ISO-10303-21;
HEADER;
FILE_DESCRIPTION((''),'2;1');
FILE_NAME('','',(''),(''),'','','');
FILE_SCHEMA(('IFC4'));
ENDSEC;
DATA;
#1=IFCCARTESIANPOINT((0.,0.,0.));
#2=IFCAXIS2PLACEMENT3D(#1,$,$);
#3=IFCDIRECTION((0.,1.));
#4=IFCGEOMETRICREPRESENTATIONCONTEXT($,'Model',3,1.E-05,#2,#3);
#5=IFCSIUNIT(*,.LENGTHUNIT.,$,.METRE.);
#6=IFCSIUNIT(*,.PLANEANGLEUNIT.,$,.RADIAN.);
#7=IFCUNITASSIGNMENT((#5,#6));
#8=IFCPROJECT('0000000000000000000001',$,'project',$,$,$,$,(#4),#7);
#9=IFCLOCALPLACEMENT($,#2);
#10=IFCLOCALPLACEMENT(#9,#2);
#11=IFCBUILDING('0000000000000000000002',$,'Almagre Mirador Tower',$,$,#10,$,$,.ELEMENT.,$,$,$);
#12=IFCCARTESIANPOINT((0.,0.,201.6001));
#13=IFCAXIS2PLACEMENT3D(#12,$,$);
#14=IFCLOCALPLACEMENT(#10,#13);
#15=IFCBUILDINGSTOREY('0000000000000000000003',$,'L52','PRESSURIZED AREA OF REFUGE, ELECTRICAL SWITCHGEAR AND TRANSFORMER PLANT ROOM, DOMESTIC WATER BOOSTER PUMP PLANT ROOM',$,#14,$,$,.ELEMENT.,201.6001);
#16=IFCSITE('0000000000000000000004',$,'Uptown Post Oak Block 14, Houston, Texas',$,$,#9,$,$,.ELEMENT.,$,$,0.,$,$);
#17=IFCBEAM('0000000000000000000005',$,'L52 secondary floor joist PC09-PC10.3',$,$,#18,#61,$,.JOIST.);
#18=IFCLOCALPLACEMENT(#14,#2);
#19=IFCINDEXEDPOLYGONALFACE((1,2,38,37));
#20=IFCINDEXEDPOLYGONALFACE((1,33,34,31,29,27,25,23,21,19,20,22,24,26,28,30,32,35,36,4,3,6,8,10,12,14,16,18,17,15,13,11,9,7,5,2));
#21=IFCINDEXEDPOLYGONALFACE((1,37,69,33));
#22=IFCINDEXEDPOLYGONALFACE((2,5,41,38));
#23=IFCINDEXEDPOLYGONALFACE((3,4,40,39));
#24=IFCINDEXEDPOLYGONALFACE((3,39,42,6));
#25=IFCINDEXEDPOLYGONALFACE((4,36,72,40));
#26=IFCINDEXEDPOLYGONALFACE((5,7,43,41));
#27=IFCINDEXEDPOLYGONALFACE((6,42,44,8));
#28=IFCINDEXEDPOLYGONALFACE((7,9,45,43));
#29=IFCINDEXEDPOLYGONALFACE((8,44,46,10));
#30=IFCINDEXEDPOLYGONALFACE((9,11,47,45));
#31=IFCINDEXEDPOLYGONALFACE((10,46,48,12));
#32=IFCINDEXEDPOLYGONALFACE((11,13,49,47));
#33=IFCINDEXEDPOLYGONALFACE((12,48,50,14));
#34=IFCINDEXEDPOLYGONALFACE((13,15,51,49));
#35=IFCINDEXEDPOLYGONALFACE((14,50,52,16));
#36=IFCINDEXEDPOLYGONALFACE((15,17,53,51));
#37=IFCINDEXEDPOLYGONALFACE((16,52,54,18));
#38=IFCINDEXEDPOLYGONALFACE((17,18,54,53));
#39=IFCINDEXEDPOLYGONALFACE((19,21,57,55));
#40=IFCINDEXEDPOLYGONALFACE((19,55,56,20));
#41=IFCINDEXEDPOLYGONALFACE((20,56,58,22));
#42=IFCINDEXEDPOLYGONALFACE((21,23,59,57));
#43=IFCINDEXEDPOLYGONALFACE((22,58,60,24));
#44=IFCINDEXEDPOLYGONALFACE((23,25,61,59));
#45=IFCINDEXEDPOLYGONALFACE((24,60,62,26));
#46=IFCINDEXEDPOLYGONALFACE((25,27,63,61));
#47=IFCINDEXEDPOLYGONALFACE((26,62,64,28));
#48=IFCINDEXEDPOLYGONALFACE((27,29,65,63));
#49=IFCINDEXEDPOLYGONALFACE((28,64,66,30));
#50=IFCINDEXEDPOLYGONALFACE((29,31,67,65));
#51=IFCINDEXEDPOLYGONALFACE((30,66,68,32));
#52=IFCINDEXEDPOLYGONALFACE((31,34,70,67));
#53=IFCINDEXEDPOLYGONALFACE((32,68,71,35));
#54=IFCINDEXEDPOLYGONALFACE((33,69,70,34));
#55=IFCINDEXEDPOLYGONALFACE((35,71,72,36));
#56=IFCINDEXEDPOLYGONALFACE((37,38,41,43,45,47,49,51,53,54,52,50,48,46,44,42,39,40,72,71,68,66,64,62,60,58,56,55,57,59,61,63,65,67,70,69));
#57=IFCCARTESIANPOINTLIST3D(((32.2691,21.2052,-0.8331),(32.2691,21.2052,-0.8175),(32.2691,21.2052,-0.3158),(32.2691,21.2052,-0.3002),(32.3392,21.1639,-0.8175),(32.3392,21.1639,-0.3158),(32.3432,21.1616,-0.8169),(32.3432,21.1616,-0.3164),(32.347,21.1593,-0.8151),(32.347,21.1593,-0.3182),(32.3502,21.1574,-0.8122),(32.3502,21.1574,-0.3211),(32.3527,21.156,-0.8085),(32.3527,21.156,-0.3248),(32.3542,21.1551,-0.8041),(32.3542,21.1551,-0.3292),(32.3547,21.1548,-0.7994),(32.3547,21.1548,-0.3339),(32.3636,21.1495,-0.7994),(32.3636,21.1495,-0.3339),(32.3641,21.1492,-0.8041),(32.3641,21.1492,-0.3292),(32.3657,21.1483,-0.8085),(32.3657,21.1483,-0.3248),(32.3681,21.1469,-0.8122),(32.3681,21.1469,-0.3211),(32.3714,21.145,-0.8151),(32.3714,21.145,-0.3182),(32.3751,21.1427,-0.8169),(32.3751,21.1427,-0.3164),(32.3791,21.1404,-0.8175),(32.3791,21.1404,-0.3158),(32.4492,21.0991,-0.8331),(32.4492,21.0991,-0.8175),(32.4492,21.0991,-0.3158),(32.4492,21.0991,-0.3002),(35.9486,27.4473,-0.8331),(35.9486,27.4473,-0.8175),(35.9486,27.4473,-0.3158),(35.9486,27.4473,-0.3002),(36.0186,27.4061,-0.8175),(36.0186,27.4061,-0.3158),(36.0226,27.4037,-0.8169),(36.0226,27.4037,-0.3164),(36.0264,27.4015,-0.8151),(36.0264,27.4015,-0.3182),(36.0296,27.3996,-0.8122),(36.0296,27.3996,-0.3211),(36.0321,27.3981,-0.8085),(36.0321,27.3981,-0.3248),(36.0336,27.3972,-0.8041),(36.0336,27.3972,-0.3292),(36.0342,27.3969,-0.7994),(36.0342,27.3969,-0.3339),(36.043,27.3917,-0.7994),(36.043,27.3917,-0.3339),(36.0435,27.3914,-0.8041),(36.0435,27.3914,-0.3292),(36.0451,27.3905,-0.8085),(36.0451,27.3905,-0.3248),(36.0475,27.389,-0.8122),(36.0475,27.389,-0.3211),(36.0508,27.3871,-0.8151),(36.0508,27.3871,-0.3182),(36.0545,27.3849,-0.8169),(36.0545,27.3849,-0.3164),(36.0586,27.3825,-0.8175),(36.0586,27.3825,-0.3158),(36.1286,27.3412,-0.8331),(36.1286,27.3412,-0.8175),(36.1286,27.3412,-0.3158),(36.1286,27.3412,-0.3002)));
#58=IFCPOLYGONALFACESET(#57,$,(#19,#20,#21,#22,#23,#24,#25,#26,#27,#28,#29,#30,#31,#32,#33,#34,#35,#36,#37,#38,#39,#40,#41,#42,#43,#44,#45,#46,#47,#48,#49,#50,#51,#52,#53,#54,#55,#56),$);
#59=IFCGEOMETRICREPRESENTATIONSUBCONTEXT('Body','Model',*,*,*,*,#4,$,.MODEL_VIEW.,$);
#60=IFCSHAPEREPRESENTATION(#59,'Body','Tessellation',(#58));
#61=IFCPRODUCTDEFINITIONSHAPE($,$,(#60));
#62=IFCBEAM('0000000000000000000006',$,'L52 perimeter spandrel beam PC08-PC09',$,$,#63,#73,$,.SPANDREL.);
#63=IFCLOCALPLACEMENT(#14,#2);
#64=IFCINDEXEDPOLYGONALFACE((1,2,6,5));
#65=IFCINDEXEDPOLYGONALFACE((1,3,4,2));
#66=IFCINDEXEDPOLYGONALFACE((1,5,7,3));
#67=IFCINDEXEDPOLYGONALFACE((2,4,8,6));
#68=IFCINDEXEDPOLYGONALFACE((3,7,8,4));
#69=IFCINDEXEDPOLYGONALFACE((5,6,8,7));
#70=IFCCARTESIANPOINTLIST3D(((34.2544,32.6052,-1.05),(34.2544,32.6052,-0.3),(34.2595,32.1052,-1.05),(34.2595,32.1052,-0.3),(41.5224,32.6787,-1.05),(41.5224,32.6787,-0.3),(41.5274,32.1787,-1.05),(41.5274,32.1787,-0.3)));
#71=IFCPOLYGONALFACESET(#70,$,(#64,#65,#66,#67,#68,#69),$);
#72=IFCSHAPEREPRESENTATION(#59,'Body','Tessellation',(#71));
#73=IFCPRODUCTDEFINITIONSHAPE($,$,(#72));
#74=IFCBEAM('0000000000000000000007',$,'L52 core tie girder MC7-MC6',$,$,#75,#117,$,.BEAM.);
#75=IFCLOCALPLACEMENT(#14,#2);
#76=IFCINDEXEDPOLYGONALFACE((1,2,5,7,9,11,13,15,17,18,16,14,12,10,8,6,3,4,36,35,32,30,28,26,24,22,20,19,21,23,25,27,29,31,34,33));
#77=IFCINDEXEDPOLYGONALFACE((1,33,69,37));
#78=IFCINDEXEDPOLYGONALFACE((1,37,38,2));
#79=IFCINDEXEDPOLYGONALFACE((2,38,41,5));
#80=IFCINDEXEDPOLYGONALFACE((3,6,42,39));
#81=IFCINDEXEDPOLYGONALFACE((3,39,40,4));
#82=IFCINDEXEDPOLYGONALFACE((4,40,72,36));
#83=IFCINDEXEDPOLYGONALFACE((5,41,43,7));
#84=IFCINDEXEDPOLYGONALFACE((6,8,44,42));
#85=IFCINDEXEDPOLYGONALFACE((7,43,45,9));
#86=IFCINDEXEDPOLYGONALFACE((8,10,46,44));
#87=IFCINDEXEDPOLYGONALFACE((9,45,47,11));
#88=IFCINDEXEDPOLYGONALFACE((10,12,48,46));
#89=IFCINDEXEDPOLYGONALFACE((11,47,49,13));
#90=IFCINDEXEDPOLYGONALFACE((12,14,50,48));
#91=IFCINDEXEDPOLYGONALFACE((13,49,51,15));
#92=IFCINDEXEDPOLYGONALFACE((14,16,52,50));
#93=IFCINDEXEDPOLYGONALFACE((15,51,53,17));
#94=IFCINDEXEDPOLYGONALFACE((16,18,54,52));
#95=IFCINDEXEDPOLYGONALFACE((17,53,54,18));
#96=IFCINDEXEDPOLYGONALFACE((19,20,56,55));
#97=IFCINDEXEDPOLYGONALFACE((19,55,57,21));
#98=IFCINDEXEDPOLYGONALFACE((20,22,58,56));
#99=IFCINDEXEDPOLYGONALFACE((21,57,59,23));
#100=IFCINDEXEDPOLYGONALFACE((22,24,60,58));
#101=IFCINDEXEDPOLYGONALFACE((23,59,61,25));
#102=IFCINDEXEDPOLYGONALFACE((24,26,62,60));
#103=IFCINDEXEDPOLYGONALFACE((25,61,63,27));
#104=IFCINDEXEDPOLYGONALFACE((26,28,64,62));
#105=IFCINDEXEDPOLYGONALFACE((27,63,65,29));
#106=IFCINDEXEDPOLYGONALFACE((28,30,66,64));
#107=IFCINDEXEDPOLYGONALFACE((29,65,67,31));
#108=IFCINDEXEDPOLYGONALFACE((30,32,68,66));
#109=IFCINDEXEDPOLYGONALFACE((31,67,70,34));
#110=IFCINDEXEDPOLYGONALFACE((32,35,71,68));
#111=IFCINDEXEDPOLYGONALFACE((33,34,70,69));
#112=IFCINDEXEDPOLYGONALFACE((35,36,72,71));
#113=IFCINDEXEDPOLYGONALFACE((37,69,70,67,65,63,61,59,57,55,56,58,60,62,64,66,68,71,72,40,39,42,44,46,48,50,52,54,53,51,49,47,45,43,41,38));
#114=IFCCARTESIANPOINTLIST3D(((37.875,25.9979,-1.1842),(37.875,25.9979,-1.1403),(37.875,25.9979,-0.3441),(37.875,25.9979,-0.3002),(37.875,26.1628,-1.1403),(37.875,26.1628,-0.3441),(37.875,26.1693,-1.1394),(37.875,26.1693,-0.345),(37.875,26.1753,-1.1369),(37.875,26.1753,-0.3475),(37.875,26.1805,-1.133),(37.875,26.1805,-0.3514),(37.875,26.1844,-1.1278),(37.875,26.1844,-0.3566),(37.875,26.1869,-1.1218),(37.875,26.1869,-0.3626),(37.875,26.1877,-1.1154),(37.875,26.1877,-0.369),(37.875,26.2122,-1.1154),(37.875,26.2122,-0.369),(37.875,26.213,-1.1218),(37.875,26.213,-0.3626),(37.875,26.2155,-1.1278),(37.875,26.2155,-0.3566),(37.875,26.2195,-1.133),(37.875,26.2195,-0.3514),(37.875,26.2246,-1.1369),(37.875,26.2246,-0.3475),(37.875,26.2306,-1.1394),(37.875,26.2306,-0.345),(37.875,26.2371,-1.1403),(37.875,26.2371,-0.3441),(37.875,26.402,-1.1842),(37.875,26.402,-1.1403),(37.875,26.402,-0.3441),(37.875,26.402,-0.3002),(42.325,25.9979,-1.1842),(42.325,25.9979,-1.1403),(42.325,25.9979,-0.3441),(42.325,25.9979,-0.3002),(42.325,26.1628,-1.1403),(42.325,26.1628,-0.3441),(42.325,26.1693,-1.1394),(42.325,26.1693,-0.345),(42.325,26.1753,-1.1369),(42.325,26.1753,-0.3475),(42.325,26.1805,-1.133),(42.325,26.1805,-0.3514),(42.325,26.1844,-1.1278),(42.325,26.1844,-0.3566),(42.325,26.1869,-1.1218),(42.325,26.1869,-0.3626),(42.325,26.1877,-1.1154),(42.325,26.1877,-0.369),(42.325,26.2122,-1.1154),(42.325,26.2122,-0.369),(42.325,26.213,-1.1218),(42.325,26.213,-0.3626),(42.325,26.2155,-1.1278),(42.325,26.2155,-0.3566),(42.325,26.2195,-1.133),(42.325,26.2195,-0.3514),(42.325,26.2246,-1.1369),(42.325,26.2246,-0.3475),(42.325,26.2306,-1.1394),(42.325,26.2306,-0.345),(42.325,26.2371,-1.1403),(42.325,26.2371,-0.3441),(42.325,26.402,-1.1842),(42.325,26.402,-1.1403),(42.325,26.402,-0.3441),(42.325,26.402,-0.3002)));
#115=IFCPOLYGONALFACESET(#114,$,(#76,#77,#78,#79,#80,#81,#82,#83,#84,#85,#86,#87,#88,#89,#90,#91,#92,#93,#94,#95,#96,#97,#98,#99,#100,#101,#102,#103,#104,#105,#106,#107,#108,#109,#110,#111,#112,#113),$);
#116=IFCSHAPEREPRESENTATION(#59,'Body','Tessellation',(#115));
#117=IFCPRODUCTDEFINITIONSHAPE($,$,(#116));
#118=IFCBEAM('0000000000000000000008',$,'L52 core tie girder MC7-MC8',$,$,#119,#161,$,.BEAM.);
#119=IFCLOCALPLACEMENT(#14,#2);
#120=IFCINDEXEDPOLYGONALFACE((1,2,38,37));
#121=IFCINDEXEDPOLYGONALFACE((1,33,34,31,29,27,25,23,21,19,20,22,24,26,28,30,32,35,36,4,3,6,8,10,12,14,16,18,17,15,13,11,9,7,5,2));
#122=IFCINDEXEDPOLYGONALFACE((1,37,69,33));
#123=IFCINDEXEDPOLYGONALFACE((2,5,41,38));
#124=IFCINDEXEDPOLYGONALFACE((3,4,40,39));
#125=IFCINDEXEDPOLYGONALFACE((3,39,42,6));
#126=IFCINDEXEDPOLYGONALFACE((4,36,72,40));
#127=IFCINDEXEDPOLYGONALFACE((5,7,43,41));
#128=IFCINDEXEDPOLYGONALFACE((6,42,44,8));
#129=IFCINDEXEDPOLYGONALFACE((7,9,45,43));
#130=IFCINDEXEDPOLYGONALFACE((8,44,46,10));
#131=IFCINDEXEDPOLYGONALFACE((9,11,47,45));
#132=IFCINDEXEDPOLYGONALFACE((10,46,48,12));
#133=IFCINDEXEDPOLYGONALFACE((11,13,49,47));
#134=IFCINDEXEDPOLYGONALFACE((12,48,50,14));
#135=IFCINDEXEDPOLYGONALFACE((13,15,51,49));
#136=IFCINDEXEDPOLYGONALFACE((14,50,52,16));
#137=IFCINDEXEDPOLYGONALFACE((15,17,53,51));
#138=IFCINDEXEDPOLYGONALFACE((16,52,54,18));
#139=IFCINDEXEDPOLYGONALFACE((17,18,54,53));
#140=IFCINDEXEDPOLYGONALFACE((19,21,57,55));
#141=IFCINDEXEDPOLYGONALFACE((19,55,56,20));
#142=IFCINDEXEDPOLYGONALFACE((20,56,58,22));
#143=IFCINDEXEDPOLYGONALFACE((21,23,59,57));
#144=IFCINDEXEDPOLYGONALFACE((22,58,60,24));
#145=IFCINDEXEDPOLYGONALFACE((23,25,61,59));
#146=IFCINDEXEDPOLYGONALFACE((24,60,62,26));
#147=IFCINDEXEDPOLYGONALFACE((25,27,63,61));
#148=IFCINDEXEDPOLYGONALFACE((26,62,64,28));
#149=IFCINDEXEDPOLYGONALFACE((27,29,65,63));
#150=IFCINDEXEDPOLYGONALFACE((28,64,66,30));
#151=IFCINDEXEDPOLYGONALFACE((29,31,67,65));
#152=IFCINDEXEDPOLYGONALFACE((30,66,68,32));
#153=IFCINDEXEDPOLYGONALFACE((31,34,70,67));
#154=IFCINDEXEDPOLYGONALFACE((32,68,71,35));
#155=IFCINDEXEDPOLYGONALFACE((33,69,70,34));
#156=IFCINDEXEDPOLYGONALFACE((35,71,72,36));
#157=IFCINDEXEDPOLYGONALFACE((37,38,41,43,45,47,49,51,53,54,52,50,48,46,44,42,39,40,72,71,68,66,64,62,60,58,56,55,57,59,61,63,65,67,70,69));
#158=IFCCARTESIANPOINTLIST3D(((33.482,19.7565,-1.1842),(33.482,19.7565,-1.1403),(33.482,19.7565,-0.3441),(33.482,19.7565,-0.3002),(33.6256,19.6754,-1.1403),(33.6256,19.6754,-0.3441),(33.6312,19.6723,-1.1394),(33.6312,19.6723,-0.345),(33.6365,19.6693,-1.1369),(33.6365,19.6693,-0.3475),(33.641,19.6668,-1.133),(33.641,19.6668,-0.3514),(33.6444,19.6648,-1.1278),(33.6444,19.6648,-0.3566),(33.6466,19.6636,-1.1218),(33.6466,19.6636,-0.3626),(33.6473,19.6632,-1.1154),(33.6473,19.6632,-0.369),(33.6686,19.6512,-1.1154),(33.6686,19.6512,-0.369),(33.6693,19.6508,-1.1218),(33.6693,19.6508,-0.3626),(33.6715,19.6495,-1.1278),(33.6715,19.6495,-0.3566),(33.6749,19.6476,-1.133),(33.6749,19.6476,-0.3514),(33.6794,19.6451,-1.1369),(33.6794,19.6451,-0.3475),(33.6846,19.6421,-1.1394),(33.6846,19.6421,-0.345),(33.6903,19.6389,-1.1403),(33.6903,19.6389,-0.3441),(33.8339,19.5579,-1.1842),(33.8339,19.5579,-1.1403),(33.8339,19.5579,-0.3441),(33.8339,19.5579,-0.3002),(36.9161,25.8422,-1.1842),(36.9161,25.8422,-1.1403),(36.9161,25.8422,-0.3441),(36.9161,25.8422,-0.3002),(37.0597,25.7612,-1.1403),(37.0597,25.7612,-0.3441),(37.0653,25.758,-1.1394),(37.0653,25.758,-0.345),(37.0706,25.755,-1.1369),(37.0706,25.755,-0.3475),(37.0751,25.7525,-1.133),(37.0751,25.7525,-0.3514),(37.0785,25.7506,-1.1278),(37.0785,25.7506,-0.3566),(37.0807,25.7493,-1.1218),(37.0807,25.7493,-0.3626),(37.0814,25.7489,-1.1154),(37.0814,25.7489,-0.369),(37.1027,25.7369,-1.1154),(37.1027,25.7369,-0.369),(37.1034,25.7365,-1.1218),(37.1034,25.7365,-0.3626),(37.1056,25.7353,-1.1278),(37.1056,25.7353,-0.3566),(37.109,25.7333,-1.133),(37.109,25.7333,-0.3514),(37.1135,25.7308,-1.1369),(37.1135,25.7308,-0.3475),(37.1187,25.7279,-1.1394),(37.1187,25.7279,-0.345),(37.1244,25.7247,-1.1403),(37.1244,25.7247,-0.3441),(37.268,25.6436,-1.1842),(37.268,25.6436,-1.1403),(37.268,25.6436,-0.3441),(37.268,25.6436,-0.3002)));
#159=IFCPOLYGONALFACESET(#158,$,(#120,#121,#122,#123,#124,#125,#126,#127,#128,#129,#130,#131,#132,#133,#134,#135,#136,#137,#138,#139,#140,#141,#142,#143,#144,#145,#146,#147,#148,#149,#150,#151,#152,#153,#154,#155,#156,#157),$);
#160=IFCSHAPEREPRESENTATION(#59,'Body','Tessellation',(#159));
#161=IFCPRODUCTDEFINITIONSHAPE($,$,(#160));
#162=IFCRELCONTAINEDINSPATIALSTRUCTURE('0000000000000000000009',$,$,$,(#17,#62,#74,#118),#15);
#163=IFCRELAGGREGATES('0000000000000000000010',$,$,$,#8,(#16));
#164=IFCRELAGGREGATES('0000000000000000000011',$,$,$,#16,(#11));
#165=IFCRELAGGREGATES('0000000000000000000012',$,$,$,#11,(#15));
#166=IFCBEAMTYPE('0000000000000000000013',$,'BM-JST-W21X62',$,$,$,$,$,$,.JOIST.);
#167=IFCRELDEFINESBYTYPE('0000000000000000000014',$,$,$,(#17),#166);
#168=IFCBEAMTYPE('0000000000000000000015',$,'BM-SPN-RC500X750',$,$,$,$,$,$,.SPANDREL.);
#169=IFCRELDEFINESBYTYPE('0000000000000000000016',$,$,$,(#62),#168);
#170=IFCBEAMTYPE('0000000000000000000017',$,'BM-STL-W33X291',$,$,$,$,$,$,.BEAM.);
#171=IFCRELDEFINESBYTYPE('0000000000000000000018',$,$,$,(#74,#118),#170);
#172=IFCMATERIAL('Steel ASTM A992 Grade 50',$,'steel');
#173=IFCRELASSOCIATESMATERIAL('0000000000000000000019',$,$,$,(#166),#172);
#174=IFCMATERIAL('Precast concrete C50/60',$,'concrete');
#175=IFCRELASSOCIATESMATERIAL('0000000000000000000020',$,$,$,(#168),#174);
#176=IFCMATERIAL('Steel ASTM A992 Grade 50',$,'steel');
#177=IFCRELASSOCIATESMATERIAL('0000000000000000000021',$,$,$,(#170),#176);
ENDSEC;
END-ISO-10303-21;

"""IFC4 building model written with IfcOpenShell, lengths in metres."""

from ifc_helpers import new_model, si_unit, direction, frame, origin, origin_2d, place, context, subcontext, project, spatial, rectangle, i_section, extrude, material, material_profile, profile_set, type_object, element, save


model = new_model("IFC4")

# Units and contexts
model_context = context("Model", 3, precision=1e-05, world=origin(), true_north=direction((0.0, 1.0)))
body_context = subcontext(model_context, "Body", "Model", "MODEL_VIEW")
ifc_project = project(units=[si_unit("LENGTHUNIT", "METRE"), si_unit("PLANEANGLEUNIT", "RADIAN")], contexts=[model_context])

# Site, building, storey
site_placement = place(None, origin())
site = spatial("IfcSite", under=ifc_project, at=site_placement, Name="Uptown Post Oak Block 14, Houston, Texas", CompositionType="ELEMENT", RefElevation=0.0)
building_placement = place(site_placement, origin())
building = spatial("IfcBuilding", under=site, at=building_placement, Name="Almagre Mirador Tower", CompositionType="ELEMENT")
storey_placement = place(building_placement, frame((0.0, 0.0, 201.6001)))
storey = spatial("IfcBuildingStorey", under=building, at=storey_placement, Name="L52", Description="PRESSURIZED AREA OF REFUGE, ELECTRICAL SWITCHGEAR AND TRANSFORMER PLANT ROOM, DOMESTIC WATER BOOSTER PUMP PLANT ROOM", CompositionType="ELEMENT", Elevation=201.6001)

# Beams
ifc_material_1 = material(Name="Steel ASTM A992 Grade 50", Category="steel")
ifc_material_profile_1 = material_profile(ifc_material_1, i_section(OverallWidth=0.209, OverallDepth=0.533, WebThickness=0.0103, FlangeThickness=0.0156, FilletRadius=0.0181, at=origin_2d()), Name="W21X62")
ifc_profile_set_1 = profile_set([ifc_material_profile_1], Name="Steel ASTM A992 Grade 50")
beam_type_1 = type_object("IfcBeamType", Name="BM-JST-W21X62", PredefinedType="JOIST", material=ifc_profile_set_1)
beam_1_placement = place(storey_placement, frame((36.0386, 27.3943, -0.5667), z_axis=(-0.507796, -0.861477, 0.0), x_axis=(0.861477, -0.507796, 0.0)))
element("IfcBeam", 1, at=beam_1_placement, inside=storey, type_object=beam_type_1, Name="L52 secondary floor joist PC09-PC10.3", PredefinedType="JOIST", context=body_context, shape_type="SweptSolid", body=[
    extrude(i_section(OverallWidth=0.209, OverallDepth=0.533, WebThickness=0.0103, FlangeThickness=0.0156, FilletRadius=0.0181, at=origin_2d()), origin(), (0.0, 0.0, 1.0), 7.2458),
])
ifc_material_2 = material(Name="Precast concrete C50/60", Category="concrete")
ifc_material_profile_2 = material_profile(ifc_material_2, rectangle(XDim=0.5, YDim=0.75, at=origin_2d()), Name="RC500X750")
ifc_profile_set_2 = profile_set([ifc_material_profile_2], Name="Precast concrete C50/60")
beam_type_2 = type_object("IfcBeamType", Name="BM-SPN-RC500X750", PredefinedType="SPANDREL", material=ifc_profile_set_2)
beam_2_placement = place(storey_placement, frame((41.5249, 32.4287, -0.675), z_axis=(-0.999949, -0.010111, 0.0), x_axis=(0.010111, -0.999949, 0.0)))
element("IfcBeam", 2, at=beam_2_placement, inside=storey, type_object=beam_type_2, Name="L52 perimeter spandrel beam PC08-PC09", PredefinedType="SPANDREL", context=body_context, shape_type="SweptSolid", body=[
    extrude(rectangle(XDim=0.5, YDim=0.75, at=origin_2d()), origin(), (0.0, 0.0, 1.0), 7.2683),
])
ifc_material_3 = material(Name="Steel ASTM A992 Grade 50", Category="steel")
ifc_material_profile_3 = material_profile(ifc_material_3, i_section(OverallWidth=0.4041, OverallDepth=0.884, WebThickness=0.0244, FlangeThickness=0.0439, FilletRadius=0.0249, at=origin_2d()), Name="W33X291")
ifc_profile_set_3 = profile_set([ifc_material_profile_3], Name="Steel ASTM A992 Grade 50")
beam_type_3 = type_object("IfcBeamType", Name="BM-STL-W33X291", PredefinedType="BEAM", material=ifc_profile_set_3)
beam_3_placement = place(storey_placement, frame((37.875, 26.2, -0.7422), z_axis=(1.0, 0.0, 0.0), x_axis=(0.0, 1.0, 0.0)))
element("IfcBeam", 3, at=beam_3_placement, inside=storey, type_object=beam_type_3, Name="L52 core tie girder MC7-MC6", PredefinedType="BEAM", context=body_context, shape_type="SweptSolid", body=[
    extrude(i_section(OverallWidth=0.4041, OverallDepth=0.884, WebThickness=0.0244, FlangeThickness=0.0439, FilletRadius=0.0249, at=origin_2d()), origin(), (0.0, 0.0, 1.0), 4.45),
])
beam_4_placement = place(storey_placement, frame((37.092, 25.7429, -0.7422), z_axis=(-0.491444, -0.870909, 0.0), x_axis=(0.870909, -0.491444, 0.0)))
element("IfcBeam", 4, at=beam_4_placement, inside=storey, type_object=beam_type_3, Name="L52 core tie girder MC7-MC8", PredefinedType="BEAM", context=body_context, shape_type="SweptSolid", body=[
    extrude(i_section(OverallWidth=0.4041, OverallDepth=0.884, WebThickness=0.0244, FlangeThickness=0.0439, FilletRadius=0.0249, at=origin_2d()), origin(), (0.0, 0.0, 1.0), 6.9878),
])

save(model, "model.ifc")
